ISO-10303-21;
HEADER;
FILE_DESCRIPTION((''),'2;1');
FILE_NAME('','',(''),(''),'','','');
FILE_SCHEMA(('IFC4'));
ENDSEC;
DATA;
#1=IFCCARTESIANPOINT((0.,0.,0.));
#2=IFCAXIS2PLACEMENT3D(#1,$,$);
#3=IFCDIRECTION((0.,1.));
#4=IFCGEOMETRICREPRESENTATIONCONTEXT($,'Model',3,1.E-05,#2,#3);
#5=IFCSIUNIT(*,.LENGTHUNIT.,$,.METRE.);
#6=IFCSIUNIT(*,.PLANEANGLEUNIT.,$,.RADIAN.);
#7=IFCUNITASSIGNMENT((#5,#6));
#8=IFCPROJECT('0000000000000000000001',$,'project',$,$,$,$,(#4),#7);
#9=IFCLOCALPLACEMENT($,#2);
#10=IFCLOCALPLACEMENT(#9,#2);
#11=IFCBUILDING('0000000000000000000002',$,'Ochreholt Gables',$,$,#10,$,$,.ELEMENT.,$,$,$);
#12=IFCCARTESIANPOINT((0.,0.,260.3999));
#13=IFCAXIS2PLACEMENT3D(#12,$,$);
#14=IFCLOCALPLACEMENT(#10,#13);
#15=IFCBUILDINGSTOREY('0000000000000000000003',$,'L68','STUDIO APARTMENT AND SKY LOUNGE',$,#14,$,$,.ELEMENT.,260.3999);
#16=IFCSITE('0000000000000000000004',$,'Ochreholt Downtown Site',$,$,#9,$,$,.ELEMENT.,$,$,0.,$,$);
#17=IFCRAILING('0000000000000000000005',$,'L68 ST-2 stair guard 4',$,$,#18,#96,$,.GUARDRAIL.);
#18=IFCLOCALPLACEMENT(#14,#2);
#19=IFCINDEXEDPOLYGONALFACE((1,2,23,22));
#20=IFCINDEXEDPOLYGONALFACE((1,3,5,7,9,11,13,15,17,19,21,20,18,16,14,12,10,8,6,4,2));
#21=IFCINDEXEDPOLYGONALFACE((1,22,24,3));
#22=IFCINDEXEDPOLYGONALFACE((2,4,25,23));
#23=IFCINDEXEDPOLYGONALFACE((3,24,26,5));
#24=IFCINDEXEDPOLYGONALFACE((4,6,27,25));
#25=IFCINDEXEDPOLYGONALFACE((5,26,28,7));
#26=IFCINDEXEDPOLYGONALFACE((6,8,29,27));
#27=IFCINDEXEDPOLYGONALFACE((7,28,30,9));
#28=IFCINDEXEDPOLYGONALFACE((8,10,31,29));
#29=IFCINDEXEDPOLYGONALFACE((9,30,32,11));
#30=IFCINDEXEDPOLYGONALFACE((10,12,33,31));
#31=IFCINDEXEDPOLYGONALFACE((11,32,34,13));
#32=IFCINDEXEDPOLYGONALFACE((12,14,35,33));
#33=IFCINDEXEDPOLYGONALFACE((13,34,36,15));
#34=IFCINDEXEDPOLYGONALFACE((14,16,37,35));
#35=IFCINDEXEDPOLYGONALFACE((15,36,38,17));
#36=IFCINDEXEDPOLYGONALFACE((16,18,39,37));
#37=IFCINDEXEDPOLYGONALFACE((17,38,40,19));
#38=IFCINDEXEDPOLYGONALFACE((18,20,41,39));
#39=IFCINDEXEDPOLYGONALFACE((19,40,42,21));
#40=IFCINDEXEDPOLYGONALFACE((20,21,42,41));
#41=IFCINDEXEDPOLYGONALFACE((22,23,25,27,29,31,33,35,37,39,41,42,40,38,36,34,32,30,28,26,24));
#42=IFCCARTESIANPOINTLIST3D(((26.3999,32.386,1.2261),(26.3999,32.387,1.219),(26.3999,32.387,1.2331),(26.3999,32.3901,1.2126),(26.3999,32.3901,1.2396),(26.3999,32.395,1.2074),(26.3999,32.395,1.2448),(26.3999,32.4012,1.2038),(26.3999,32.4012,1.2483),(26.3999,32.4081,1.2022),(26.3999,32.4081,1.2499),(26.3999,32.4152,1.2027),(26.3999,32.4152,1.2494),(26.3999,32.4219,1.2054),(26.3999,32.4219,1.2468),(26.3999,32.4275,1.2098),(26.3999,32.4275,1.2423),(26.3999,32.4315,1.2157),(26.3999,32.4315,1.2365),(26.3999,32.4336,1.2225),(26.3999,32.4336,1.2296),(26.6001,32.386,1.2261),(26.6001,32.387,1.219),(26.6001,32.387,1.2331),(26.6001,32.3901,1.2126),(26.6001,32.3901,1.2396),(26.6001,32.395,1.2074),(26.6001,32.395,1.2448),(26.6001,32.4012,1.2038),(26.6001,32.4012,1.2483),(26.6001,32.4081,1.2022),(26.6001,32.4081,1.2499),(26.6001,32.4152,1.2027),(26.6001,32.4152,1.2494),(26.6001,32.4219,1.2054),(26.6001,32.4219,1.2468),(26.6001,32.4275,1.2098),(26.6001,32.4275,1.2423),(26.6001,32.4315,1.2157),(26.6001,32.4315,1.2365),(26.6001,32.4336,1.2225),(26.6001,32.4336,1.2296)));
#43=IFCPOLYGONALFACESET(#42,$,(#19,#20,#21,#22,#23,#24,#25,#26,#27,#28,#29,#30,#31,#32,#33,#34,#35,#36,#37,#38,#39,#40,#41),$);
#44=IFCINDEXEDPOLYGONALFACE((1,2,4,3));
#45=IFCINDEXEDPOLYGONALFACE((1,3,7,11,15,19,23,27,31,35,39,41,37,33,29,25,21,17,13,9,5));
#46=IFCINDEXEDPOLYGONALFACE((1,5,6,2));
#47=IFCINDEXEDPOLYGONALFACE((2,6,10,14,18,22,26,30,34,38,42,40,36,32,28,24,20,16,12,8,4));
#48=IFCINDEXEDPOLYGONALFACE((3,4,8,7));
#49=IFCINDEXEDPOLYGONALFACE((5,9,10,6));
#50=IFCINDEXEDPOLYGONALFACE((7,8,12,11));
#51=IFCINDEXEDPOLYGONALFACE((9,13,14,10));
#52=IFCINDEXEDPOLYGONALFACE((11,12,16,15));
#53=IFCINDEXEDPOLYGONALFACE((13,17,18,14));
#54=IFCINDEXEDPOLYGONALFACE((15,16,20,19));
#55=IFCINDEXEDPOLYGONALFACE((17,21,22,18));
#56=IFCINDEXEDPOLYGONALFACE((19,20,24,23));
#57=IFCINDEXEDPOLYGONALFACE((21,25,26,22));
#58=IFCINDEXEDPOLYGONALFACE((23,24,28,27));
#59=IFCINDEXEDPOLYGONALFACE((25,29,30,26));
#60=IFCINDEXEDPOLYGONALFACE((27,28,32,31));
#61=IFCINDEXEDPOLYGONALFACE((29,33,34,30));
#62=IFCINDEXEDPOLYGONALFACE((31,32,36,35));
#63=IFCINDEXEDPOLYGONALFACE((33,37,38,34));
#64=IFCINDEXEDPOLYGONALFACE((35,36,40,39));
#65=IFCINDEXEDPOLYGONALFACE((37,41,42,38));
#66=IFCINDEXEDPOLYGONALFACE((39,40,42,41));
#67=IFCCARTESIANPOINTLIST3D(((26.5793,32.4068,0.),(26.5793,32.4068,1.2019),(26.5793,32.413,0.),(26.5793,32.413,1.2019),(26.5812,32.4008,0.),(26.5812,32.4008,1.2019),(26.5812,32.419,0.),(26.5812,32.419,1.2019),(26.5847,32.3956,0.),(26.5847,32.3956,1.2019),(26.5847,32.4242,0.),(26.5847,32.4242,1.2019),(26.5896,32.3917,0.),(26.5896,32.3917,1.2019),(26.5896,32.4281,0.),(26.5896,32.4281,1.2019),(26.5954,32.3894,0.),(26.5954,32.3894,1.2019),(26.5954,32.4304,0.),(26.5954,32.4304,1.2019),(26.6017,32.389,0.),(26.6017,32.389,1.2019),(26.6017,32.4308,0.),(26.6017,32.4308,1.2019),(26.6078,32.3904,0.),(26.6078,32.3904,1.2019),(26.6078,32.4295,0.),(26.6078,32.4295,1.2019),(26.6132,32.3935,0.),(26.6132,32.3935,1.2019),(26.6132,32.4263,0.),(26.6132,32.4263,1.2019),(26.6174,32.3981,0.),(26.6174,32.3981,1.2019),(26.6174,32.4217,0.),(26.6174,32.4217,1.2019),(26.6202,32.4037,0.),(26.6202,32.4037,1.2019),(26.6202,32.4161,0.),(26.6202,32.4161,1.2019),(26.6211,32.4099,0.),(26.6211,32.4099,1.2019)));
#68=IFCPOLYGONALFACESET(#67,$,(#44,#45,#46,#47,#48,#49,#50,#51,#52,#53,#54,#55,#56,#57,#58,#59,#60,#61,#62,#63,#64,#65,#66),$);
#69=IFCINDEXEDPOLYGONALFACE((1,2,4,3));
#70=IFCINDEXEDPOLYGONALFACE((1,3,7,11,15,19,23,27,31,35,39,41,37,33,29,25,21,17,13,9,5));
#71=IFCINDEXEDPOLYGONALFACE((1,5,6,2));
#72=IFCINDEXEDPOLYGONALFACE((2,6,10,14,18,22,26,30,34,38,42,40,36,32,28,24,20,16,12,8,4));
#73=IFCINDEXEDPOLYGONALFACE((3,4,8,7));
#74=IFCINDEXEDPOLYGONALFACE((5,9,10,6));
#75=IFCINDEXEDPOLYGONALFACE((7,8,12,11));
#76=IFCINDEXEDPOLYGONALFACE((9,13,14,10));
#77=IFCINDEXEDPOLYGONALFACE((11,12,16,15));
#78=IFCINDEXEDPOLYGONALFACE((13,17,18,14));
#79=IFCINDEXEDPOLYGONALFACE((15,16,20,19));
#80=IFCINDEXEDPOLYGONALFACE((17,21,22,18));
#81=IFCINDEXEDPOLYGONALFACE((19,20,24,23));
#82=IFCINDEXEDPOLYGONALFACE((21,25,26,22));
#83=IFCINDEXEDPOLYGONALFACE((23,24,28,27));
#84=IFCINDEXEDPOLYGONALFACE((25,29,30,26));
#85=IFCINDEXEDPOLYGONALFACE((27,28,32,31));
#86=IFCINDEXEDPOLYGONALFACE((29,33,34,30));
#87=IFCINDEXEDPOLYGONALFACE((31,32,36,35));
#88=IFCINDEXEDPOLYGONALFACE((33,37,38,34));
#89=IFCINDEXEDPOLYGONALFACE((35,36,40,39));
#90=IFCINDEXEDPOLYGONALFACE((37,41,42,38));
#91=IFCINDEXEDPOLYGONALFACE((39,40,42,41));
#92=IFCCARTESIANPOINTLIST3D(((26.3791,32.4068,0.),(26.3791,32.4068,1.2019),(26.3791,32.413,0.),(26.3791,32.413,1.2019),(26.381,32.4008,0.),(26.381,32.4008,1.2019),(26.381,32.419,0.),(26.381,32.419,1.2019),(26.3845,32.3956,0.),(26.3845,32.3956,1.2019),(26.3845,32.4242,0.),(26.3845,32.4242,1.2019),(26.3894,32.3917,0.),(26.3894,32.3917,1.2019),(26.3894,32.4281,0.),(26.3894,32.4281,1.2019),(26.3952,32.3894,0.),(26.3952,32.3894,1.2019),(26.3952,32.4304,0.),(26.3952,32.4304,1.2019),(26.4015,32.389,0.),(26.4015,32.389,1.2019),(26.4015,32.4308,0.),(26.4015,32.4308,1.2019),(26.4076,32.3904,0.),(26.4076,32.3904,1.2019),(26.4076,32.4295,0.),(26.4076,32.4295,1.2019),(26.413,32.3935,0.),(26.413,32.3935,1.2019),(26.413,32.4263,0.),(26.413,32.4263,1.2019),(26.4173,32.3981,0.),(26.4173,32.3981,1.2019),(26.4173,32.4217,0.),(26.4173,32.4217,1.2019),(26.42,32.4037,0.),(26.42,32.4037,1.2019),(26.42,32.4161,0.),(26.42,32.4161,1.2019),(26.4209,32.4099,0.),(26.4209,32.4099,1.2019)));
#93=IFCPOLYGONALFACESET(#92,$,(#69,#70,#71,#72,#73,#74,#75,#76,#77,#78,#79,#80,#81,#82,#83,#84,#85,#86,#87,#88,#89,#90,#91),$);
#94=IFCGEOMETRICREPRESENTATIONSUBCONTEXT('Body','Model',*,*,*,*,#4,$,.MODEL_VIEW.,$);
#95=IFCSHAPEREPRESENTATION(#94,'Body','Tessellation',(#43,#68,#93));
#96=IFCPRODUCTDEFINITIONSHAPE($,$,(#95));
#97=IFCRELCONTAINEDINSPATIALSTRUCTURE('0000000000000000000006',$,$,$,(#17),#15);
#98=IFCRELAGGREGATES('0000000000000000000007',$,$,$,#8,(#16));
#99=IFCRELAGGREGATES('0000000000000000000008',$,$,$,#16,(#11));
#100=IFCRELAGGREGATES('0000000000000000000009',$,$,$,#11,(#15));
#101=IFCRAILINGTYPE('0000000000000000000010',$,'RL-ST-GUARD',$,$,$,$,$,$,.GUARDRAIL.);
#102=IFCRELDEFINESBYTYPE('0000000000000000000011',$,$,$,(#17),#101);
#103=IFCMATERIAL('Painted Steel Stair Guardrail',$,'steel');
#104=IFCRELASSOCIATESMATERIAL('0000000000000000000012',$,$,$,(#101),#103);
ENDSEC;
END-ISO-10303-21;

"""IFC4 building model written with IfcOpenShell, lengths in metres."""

from ifc_helpers import new_model, si_unit, direction, frame, origin, origin_2d, place, context, subcontext, project, spatial, circle, extrude, material, type_object, element, save


model = new_model("IFC4")

# Units and contexts
model_context = context("Model", 3, precision=1e-05, world=origin(), true_north=direction((0.0, 1.0)))
body_context = subcontext(model_context, "Body", "Model", "MODEL_VIEW")
ifc_project = project(units=[si_unit("LENGTHUNIT", "METRE"), si_unit("PLANEANGLEUNIT", "RADIAN")], contexts=[model_context])

# Site, building, storey
site_placement = place(None, origin())
site = spatial("IfcSite", under=ifc_project, at=site_placement, Name="Ochreholt Downtown Site", CompositionType="ELEMENT", RefElevation=0.0)
building_placement = place(site_placement, origin())
building = spatial("IfcBuilding", under=site, at=building_placement, Name="Ochreholt Gables", CompositionType="ELEMENT")
storey_placement = place(building_placement, frame((0.0, 0.0, 260.3999)))
storey = spatial("IfcBuildingStorey", under=building, at=storey_placement, Name="L68", Description="STUDIO APARTMENT AND SKY LOUNGE", CompositionType="ELEMENT", Elevation=260.3999)

# Railing
ifc_material_1 = material(Name="Painted Steel Stair Guardrail", Category="steel")
railing_type_1 = type_object("IfcRailingType", Name="RL-ST-GUARD", PredefinedType="GUARDRAIL", material=ifc_material_1)
railing_1_placement = place(storey_placement, frame((26.6001, 32.4099, 0.0)))
element("IfcRailing", 1, at=railing_1_placement, inside=storey, type_object=railing_type_1, Name="L68 ST-2 stair guard 4", PredefinedType="GUARDRAIL", context=body_context, shape_type="SweptSolid", body=[
    extrude(circle(Radius=0.0239, at=origin_2d()), frame((0.0, 0.0, 1.2261), z_axis=(-1.0, 0.0, 0.0), x_axis=(0.0, -1.0, 0.0)), (0.0, 0.0, 1.0), 0.2002),
    extrude(circle(Radius=0.021, at=origin_2d()), origin(), (0.0, 0.0, 1.0), 1.2019),
    extrude(circle(Radius=0.021, at=origin_2d()), frame((-0.2002, 0.0, 0.0)), (0.0, 0.0, 1.0), 1.2019),
])

save(model, "model.ifc")
